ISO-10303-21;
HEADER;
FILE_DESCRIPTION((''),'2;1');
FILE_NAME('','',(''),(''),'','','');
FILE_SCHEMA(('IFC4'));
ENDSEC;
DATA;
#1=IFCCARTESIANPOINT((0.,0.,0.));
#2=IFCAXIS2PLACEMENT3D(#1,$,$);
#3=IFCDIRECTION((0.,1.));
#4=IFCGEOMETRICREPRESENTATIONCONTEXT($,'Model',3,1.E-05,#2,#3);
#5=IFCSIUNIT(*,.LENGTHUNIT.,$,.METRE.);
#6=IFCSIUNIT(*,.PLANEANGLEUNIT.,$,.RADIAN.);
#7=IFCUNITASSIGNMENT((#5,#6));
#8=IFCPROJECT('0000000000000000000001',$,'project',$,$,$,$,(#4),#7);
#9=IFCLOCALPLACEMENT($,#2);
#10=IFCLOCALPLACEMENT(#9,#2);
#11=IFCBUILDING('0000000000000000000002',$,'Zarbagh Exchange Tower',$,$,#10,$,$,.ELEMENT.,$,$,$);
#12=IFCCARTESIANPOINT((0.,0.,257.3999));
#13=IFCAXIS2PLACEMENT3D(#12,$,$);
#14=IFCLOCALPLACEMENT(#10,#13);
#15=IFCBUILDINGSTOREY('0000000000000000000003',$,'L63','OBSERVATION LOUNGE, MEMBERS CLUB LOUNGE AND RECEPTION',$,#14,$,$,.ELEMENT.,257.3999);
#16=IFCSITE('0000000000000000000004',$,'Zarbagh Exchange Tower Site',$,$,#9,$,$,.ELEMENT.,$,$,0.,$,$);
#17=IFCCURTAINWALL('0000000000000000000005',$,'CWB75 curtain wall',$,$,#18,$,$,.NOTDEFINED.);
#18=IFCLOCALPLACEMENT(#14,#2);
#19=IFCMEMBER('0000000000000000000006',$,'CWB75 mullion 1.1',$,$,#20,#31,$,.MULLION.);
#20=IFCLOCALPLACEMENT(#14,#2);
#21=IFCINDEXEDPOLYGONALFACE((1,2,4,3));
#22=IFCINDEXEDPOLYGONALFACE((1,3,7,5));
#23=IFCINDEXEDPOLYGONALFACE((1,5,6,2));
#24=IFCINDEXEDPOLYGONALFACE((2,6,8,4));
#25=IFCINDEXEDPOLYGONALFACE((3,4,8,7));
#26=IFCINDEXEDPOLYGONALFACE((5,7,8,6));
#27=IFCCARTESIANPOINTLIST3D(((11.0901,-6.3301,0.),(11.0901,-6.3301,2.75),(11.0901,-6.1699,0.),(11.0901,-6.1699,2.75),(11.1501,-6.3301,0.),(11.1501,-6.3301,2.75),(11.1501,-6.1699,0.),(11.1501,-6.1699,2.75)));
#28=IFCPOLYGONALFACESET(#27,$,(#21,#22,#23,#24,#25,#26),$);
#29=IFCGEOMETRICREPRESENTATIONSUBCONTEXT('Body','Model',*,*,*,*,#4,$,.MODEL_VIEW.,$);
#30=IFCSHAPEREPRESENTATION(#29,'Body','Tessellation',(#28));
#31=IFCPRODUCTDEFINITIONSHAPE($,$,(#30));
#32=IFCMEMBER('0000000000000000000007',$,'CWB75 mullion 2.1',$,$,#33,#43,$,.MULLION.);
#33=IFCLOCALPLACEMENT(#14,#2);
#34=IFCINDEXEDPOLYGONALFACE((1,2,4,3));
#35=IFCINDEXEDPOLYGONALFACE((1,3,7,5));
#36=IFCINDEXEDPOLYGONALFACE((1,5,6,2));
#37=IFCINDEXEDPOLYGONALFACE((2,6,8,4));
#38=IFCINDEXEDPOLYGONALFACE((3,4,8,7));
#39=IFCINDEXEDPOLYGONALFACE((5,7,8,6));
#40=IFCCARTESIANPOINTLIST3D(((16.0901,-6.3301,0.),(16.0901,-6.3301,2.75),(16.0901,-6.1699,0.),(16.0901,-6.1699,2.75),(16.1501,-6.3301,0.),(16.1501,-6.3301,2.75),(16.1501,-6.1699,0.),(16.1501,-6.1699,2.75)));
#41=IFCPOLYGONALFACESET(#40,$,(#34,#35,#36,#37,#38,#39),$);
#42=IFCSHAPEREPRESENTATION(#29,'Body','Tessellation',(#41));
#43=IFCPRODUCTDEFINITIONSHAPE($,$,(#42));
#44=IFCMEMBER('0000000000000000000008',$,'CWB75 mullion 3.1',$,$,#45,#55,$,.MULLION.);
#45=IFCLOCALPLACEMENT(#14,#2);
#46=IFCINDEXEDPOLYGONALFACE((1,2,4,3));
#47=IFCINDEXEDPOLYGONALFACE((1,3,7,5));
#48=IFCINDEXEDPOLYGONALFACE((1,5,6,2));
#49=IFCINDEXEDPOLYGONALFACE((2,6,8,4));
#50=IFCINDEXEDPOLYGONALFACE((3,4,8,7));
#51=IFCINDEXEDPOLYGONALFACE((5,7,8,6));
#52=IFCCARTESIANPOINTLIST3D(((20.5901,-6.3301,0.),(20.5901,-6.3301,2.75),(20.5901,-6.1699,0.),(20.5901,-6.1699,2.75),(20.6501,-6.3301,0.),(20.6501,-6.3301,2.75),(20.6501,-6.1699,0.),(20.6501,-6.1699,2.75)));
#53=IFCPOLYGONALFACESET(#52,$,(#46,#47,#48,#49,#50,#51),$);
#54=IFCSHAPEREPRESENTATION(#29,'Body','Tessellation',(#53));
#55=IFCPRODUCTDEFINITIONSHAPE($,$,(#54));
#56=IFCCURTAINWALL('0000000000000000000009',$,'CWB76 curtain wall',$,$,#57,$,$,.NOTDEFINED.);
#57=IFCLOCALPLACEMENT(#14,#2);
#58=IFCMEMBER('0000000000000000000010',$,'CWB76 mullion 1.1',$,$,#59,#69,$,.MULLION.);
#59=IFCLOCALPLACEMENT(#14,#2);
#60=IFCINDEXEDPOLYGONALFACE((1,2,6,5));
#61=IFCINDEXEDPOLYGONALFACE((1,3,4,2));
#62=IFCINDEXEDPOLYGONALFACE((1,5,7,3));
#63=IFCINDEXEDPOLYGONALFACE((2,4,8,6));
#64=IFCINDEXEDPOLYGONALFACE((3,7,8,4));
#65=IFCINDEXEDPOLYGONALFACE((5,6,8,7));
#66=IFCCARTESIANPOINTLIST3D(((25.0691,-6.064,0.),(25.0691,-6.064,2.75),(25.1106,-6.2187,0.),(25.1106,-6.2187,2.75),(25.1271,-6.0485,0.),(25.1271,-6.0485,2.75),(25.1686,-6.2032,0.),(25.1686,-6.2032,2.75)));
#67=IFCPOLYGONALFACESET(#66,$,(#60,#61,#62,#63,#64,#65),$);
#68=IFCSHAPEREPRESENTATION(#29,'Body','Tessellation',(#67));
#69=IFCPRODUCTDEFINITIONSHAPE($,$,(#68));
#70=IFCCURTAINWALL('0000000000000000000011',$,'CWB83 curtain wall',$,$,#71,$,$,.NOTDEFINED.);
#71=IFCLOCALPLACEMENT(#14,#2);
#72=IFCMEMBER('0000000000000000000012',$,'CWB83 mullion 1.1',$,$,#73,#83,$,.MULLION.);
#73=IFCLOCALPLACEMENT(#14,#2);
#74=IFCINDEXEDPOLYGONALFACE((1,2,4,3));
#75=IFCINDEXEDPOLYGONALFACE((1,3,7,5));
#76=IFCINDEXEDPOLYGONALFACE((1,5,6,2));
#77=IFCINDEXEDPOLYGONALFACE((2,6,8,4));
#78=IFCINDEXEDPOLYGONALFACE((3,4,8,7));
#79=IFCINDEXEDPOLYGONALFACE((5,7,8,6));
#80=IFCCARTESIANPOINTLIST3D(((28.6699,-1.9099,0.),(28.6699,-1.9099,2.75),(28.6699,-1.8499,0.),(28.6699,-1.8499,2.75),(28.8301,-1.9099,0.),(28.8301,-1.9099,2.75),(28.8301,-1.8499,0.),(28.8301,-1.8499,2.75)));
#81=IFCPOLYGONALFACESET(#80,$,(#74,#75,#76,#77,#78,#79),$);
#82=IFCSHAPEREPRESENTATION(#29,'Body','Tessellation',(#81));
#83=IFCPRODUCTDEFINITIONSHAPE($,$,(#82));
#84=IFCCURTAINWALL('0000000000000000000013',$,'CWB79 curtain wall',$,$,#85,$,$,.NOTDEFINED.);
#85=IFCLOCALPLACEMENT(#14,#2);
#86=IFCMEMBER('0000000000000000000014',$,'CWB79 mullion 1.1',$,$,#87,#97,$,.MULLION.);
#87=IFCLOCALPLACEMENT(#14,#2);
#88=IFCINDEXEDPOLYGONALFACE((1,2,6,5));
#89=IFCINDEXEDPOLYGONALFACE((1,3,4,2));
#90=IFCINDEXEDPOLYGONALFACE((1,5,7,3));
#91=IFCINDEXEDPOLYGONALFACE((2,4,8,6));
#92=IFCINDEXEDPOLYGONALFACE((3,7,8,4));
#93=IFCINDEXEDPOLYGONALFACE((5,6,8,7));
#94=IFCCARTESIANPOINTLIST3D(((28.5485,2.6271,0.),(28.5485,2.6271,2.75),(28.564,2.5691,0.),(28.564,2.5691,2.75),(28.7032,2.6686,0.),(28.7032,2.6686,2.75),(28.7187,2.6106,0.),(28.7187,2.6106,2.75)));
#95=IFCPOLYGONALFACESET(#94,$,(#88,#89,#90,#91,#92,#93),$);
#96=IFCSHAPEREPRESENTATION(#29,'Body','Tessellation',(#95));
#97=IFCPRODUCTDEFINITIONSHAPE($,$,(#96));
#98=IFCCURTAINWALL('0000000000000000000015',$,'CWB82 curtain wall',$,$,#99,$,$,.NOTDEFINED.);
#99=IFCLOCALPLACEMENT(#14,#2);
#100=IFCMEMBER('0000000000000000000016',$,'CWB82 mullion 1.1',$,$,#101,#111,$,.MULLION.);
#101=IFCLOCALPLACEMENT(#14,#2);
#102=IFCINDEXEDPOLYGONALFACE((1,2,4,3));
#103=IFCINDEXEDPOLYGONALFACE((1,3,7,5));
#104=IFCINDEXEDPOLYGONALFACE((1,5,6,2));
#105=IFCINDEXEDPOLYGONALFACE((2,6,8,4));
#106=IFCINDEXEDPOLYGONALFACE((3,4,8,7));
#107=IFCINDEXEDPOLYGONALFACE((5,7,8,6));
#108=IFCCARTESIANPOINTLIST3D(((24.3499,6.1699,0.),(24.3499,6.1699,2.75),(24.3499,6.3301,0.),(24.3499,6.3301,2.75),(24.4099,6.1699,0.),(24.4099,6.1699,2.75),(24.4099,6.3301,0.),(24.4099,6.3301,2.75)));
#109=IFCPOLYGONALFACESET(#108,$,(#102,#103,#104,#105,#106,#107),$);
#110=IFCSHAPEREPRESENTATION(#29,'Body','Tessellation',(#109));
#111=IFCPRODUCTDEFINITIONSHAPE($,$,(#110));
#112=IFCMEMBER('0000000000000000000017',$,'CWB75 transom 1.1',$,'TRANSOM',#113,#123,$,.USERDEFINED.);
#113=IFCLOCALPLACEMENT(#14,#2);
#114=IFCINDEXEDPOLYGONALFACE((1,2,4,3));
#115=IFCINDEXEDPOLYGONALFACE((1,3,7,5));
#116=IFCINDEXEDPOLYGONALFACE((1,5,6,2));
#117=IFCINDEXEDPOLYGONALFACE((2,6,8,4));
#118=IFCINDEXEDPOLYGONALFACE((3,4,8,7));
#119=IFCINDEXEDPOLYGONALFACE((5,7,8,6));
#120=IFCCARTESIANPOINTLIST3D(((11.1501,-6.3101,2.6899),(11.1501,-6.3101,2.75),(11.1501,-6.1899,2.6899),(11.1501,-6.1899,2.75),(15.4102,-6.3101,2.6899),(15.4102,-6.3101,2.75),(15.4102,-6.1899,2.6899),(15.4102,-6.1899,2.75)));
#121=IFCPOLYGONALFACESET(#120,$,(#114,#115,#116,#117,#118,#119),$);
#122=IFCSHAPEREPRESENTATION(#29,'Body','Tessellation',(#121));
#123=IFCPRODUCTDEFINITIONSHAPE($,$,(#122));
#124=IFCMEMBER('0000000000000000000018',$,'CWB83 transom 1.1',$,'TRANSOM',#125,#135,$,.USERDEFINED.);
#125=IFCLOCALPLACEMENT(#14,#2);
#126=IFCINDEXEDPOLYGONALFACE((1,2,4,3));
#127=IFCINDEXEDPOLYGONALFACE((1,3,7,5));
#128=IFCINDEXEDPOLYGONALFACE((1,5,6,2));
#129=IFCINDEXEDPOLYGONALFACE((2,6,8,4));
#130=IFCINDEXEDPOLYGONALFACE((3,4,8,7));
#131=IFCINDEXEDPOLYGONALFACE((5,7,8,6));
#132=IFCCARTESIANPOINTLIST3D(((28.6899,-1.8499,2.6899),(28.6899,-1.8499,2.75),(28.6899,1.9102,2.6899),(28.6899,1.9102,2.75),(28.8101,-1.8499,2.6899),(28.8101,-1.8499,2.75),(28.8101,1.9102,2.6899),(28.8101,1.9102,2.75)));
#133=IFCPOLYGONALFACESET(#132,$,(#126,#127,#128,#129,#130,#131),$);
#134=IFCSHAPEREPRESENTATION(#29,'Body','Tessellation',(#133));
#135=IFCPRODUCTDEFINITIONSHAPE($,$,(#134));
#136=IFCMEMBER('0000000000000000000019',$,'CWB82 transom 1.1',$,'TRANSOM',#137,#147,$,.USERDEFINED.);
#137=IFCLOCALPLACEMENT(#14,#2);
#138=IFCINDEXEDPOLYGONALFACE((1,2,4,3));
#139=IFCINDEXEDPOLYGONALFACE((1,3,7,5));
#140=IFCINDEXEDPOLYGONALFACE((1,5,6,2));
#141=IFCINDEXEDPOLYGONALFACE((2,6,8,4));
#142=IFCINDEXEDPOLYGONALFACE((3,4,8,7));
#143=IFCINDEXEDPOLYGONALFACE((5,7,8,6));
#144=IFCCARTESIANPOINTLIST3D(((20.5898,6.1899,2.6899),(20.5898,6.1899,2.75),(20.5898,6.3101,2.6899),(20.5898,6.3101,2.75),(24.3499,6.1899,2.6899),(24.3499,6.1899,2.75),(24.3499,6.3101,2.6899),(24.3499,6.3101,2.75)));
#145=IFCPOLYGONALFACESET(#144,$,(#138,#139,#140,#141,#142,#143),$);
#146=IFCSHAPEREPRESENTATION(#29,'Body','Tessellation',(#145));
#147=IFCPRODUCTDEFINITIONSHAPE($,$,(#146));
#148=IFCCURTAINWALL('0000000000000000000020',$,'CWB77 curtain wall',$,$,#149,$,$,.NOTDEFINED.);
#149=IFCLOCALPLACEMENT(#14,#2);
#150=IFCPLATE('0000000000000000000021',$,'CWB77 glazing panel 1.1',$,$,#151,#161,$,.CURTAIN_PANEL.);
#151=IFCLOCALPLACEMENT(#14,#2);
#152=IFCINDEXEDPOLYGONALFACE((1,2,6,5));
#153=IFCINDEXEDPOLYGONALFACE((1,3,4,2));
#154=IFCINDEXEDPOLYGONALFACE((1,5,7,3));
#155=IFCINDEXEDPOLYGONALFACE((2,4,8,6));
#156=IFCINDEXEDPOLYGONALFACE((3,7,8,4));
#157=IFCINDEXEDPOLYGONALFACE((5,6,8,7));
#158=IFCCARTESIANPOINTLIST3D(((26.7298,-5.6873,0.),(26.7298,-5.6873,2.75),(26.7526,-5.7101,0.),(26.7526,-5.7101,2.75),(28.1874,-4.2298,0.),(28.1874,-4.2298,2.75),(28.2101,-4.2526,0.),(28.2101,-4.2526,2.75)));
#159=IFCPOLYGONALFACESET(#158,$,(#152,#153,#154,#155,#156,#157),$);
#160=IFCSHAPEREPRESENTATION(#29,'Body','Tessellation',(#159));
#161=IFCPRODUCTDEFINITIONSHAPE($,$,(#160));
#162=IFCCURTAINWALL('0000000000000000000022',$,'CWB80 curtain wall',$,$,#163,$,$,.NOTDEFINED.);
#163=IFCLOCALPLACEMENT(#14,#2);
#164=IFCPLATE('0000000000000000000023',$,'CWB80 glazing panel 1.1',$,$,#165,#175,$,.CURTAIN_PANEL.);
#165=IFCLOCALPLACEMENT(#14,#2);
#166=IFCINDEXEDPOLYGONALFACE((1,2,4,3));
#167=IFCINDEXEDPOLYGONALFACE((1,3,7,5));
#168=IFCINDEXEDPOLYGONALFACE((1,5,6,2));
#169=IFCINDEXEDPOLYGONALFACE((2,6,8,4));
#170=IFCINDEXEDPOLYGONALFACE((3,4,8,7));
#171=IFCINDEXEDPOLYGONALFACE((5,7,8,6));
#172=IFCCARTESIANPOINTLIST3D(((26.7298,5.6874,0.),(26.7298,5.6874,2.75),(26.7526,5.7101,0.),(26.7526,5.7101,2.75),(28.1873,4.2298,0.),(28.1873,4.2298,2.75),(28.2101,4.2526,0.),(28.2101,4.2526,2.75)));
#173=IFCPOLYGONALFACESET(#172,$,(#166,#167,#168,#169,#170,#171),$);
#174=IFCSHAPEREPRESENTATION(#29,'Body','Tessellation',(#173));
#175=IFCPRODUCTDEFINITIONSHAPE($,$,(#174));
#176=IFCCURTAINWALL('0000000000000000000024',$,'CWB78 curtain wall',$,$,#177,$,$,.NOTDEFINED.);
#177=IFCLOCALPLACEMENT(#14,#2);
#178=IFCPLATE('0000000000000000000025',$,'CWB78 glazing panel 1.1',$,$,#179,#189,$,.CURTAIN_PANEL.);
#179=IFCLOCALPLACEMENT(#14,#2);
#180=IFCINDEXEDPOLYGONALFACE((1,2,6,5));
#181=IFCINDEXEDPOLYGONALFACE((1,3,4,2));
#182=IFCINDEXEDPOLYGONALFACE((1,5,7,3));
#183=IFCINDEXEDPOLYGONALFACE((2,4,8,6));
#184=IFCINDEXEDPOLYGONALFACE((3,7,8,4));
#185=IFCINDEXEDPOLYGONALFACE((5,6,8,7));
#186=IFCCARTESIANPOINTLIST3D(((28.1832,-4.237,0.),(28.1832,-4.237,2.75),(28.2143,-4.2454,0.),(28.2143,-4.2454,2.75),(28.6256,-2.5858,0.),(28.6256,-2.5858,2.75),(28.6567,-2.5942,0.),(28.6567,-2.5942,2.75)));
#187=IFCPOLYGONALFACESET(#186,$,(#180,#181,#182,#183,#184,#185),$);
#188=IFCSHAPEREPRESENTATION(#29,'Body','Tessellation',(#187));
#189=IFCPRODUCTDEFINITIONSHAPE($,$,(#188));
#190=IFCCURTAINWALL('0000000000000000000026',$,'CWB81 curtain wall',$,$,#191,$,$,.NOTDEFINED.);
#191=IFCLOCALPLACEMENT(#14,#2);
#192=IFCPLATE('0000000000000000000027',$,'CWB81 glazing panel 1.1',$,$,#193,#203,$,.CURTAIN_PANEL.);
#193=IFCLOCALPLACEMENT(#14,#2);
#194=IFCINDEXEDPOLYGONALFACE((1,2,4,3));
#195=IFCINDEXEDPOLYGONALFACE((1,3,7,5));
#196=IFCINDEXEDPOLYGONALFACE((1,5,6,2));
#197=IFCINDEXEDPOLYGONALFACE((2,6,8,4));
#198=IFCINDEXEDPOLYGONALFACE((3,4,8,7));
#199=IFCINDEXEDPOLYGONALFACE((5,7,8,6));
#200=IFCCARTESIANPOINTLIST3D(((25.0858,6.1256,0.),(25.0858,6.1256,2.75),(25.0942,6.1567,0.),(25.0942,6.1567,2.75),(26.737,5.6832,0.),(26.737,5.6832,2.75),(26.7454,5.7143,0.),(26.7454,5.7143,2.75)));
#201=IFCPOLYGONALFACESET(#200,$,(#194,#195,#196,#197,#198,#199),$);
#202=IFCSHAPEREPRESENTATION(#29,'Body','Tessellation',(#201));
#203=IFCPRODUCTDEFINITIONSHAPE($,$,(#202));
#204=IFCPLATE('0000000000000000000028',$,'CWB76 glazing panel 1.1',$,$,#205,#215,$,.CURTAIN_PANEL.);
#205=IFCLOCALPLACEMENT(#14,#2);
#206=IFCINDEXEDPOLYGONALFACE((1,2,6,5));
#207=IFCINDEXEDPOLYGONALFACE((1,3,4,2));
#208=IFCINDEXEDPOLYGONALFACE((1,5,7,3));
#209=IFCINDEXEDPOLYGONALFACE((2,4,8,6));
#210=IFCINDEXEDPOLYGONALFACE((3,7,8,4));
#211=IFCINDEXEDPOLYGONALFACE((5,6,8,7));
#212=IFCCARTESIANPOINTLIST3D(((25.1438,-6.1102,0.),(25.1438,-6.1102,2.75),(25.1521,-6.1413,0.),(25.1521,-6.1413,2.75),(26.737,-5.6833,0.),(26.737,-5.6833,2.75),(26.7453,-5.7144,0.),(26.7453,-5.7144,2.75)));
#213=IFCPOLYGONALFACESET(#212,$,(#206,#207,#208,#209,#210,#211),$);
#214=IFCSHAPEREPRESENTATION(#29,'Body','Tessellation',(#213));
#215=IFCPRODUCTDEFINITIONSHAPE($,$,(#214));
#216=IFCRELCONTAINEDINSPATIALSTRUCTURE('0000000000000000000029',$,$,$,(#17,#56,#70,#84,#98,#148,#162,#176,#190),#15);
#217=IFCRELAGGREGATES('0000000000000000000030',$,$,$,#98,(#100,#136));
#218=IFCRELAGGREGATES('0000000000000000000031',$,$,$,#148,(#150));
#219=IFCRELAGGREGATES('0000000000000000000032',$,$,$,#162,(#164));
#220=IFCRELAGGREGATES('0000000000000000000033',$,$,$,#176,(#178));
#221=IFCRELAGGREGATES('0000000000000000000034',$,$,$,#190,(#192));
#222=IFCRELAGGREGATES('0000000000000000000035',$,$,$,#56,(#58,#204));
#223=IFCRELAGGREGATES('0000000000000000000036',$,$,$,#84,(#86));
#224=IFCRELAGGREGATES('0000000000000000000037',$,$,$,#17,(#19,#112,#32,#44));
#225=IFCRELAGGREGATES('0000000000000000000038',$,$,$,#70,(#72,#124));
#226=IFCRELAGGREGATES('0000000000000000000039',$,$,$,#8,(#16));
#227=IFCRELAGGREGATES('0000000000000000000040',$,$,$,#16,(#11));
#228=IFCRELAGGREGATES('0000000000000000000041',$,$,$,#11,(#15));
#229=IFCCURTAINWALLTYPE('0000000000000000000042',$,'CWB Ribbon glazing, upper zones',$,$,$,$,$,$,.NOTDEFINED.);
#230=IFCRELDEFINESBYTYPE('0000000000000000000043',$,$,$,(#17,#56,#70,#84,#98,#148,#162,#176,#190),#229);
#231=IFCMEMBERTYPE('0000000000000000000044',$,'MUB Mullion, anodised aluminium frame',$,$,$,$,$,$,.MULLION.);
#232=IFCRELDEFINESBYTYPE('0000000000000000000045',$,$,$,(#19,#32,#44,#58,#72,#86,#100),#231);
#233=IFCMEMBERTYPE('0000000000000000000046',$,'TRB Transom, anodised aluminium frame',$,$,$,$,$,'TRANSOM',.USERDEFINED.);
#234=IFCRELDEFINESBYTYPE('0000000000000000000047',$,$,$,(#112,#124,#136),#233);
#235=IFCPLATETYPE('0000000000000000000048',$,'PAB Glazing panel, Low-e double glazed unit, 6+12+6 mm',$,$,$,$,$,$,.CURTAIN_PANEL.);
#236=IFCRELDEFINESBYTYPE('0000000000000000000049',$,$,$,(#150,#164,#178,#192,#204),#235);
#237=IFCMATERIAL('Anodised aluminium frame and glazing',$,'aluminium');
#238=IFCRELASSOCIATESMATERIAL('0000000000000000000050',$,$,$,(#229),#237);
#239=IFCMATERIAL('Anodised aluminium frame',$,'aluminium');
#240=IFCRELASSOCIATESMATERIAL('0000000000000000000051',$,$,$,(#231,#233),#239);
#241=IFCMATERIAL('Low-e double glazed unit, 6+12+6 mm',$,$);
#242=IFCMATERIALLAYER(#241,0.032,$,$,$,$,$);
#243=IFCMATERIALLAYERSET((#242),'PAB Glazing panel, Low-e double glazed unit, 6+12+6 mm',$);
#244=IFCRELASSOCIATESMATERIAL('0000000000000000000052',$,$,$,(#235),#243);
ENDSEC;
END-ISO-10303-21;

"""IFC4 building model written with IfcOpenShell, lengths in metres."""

from ifc_helpers import new_model, si_unit, direction, frame, origin, place, context, subcontext, project, spatial, polyline, outline, extrude, source, transform, mapped, material, layer, layer_set, type_object, element, aggregate, save


model = new_model("IFC4")

# Units and contexts
model_context = context("Model", 3, precision=1e-05, world=origin(), true_north=direction((0.0, 1.0)))
body_context = subcontext(model_context, "Body", "Model", "MODEL_VIEW")
ifc_project = project(units=[si_unit("LENGTHUNIT", "METRE"), si_unit("PLANEANGLEUNIT", "RADIAN")], contexts=[model_context])

# Site, building, storey
site_placement = place(None, origin())
site = spatial("IfcSite", under=ifc_project, at=site_placement, Name="Zarbagh Exchange Tower Site", CompositionType="ELEMENT", RefElevation=0.0)
building_placement = place(site_placement, origin())
building = spatial("IfcBuilding", under=site, at=building_placement, Name="Zarbagh Exchange Tower", CompositionType="ELEMENT")
storey_placement = place(building_placement, frame((0.0, 0.0, 257.3999)))
storey = spatial("IfcBuildingStorey", under=building, at=storey_placement, Name="L63", Description="OBSERVATION LOUNGE, MEMBERS CLUB LOUNGE AND RECEPTION", CompositionType="ELEMENT", Elevation=257.3999)

# Curtain wall, members
ifc_material_1 = material(Name="Anodised aluminium frame and glazing", Category="aluminium")
curtain_wall_type = type_object("IfcCurtainWallType", Name="CWB Ribbon glazing, upper zones", PredefinedType="NOTDEFINED", material=ifc_material_1)
curtain_wall_1_placement = place(storey_placement, origin())
curtain_wall_1 = element("IfcCurtainWall", 1, at=curtain_wall_1_placement, inside=storey, type_object=curtain_wall_type, Name="CWB75 curtain wall", PredefinedType="NOTDEFINED")
ifc_material_2 = material(Name="Anodised aluminium frame", Category="aluminium")
member_type_1 = type_object("IfcMemberType", Name="MUB Mullion, anodised aluminium frame", PredefinedType="MULLION", material=ifc_material_2)
shared_shape_1 = source(origin(), body_context, "Body", "SweptSolid", [
    extrude(outline(polyline([(0.0, -0.0801), (0.0601, -0.0801), (0.0601, 0.0801), (0.0, 0.0801), (0.0, -0.0801)])), origin(), (0.0, 0.0, 1.0), 2.75),
])
placement = place(storey_placement, origin())
member_1 = element("IfcMember", 2, at=placement, type_object=member_type_1, Name="CWB75 mullion 1.1", PredefinedType="MULLION", context=body_context, shape_type="MappedRepresentation", body=[
    mapped(shared_shape_1, transform((11.0901, -6.25, 0.0), x_axis=(1.0, 0.0, 0.0), y_axis=(0.0, 1.0, 0.0), z_axis=(0.0, 0.0, 1.0))),
])
member_2 = element("IfcMember", 3, at=placement, type_object=member_type_1, Name="CWB75 mullion 2.1", PredefinedType="MULLION", context=body_context, shape_type="MappedRepresentation", body=[
    mapped(shared_shape_1, transform((16.0901, -6.25, 0.0), x_axis=(1.0, 0.0, 0.0), y_axis=(0.0, 1.0, 0.0), z_axis=(0.0, 0.0, 1.0))),
])
member_3 = element("IfcMember", 4, at=placement, type_object=member_type_1, Name="CWB75 mullion 3.1", PredefinedType="MULLION", context=body_context, shape_type="MappedRepresentation", body=[
    mapped(shared_shape_1, transform((20.5901, -6.25, 0.0), x_axis=(1.0, 0.0, 0.0), y_axis=(0.0, 1.0, 0.0), z_axis=(0.0, 0.0, 1.0))),
])

# Curtain walls, members
curtain_wall_2_placement = place(storey_placement, origin())
curtain_wall_2 = element("IfcCurtainWall", 5, at=curtain_wall_2_placement, inside=storey, type_object=curtain_wall_type, Name="CWB76 curtain wall", PredefinedType="NOTDEFINED")
member_4 = element("IfcMember", 6, at=placement, type_object=member_type_1, Name="CWB76 mullion 1.1", PredefinedType="MULLION", context=body_context, shape_type="MappedRepresentation", body=[
    mapped(shared_shape_1, transform((25.0898, -6.1414, 0.0), x_axis=(0.965924, 0.258825, 0.0), y_axis=(-0.258825, 0.965924, 0.0), z_axis=(0.0, 0.0, 1.0))),
])
curtain_wall_3_placement = place(storey_placement, origin())
curtain_wall_3 = element("IfcCurtainWall", 7, at=curtain_wall_3_placement, inside=storey, type_object=curtain_wall_type, Name="CWB83 curtain wall", PredefinedType="NOTDEFINED")
member_5 = element("IfcMember", 8, at=placement, type_object=member_type_1, Name="CWB83 mullion 1.1", PredefinedType="MULLION", context=body_context, shape_type="MappedRepresentation", body=[
    mapped(shared_shape_1, transform((28.75, -1.9099, 0.0), x_axis=(0.0, 1.0, 0.0), y_axis=(-1.0, 0.0, 0.0), z_axis=(0.0, 0.0, 1.0))),
])
curtain_wall_4_placement = place(storey_placement, origin())
curtain_wall_4 = element("IfcCurtainWall", 9, at=curtain_wall_4_placement, inside=storey, type_object=curtain_wall_type, Name="CWB79 curtain wall", PredefinedType="NOTDEFINED")
member_6 = element("IfcMember", 10, at=placement, type_object=member_type_1, Name="CWB79 mullion 1.1", PredefinedType="MULLION", context=body_context, shape_type="MappedRepresentation", body=[
    mapped(shared_shape_1, transform((28.6414, 2.5898, 0.0), x_axis=(-0.258825, 0.965924, 0.0), y_axis=(-0.965924, -0.258825, 0.0), z_axis=(0.0, 0.0, 1.0))),
])
curtain_wall_5_placement = place(storey_placement, origin())
curtain_wall_5 = element("IfcCurtainWall", 11, at=curtain_wall_5_placement, inside=storey, type_object=curtain_wall_type, Name="CWB82 curtain wall", PredefinedType="NOTDEFINED")
member_7 = element("IfcMember", 12, at=placement, type_object=member_type_1, Name="CWB82 mullion 1.1", PredefinedType="MULLION", context=body_context, shape_type="MappedRepresentation", body=[
    mapped(shared_shape_1, transform((24.4099, 6.25, 0.0), x_axis=(-1.0, 0.0, 0.0), y_axis=(0.0, -1.0, 0.0), z_axis=(0.0, 0.0, 1.0))),
])

# Members
member_type_2 = type_object("IfcMemberType", Name="TRB Transom, anodised aluminium frame", ElementType="TRANSOM", PredefinedType="USERDEFINED", material=ifc_material_2)
shared_shape_2 = source(origin(), body_context, "Body", "SweptSolid", [
    extrude(outline(polyline([(-0.0601, -0.0601), (0.0, -0.0601), (0.0, 0.0601), (-0.0601, 0.0601), (-0.0601, -0.0601)])), origin(), (0.0, 0.0, 1.0), 4.26),
])
member_8 = element("IfcMember", 13, at=placement, type_object=member_type_2, Name="CWB75 transom 1.1", ObjectType="TRANSOM", PredefinedType="USERDEFINED", context=body_context, shape_type="MappedRepresentation", body=[
    mapped(shared_shape_2, transform((11.1501, -6.25, 2.75), x_axis=(0.0, 0.0, 1.0), y_axis=(0.0, -1.0, 0.0), z_axis=(1.0, 0.0, 0.0))),
])
shared_shape_3 = source(origin(), body_context, "Body", "SweptSolid", [
    extrude(outline(polyline([(-0.0601, -0.0601), (0.0, -0.0601), (0.0, 0.0601), (-0.0601, 0.0601), (-0.0601, -0.0601)])), origin(), (0.0, 0.0, 1.0), 3.76),
])
member_9 = element("IfcMember", 14, at=placement, type_object=member_type_2, Name="CWB83 transom 1.1", ObjectType="TRANSOM", PredefinedType="USERDEFINED", context=body_context, shape_type="MappedRepresentation", body=[
    mapped(shared_shape_3, transform((28.75, -1.8499, 2.75), x_axis=(0.0, 0.0, 1.0), y_axis=(1.0, 0.0, 0.0), z_axis=(0.0, 1.0, 0.0))),
])
member_10 = element("IfcMember", 15, at=placement, type_object=member_type_2, Name="CWB82 transom 1.1", ObjectType="TRANSOM", PredefinedType="USERDEFINED", context=body_context, shape_type="MappedRepresentation", body=[
    mapped(shared_shape_3, transform((24.3499, 6.25, 2.75), x_axis=(0.0, 0.0, 1.0), y_axis=(0.0, 1.0, 0.0), z_axis=(-1.0, 0.0, 0.0))),
])
aggregate(curtain_wall_5, [member_7, member_10])

# Curtain walls, plates
curtain_wall_6_placement = place(storey_placement, origin())
curtain_wall_6 = element("IfcCurtainWall", 16, at=curtain_wall_6_placement, inside=storey, type_object=curtain_wall_type, Name="CWB77 curtain wall", PredefinedType="NOTDEFINED")
ifc_material_3 = material(Name="Low-e double glazed unit, 6+12+6 mm")
ifc_layer = layer(ifc_material_3, 0.032)
ifc_layer_set = layer_set([ifc_layer], Name="PAB Glazing panel, Low-e double glazed unit, 6+12+6 mm")
plate_type = type_object("IfcPlateType", Name="PAB Glazing panel, Low-e double glazed unit, 6+12+6 mm", PredefinedType="CURTAIN_PANEL", material=ifc_layer_set)
shared_shape_4 = source(origin(), body_context, "Body", "SweptSolid", [
    extrude(outline(polyline([(0.0, -0.0161), (2.0613, -0.0161), (2.0613, 0.0161), (0.0, 0.0161), (0.0, -0.0161)])), origin(), (0.0, 0.0, 1.0), 2.75),
])
plate_1 = element("IfcPlate", 17, at=placement, type_object=plate_type, Name="CWB77 glazing panel 1.1", PredefinedType="CURTAIN_PANEL", context=body_context, shape_type="MappedRepresentation", body=[
    mapped(shared_shape_4, transform((26.7412, -5.6987, 0.0), x_axis=(0.707107, 0.707107, 0.0), y_axis=(-0.707107, 0.707107, 0.0), z_axis=(0.0, 0.0, 1.0))),
])
aggregate(curtain_wall_6, [plate_1])
curtain_wall_7_placement = place(storey_placement, origin())
curtain_wall_7 = element("IfcCurtainWall", 18, at=curtain_wall_7_placement, inside=storey, type_object=curtain_wall_type, Name="CWB80 curtain wall", PredefinedType="NOTDEFINED")
plate_2 = element("IfcPlate", 19, at=placement, type_object=plate_type, Name="CWB80 glazing panel 1.1", PredefinedType="CURTAIN_PANEL", context=body_context, shape_type="MappedRepresentation", body=[
    mapped(shared_shape_4, transform((28.1987, 4.2412, 0.0), x_axis=(-0.707107, 0.707107, 0.0), y_axis=(-0.707107, -0.707107, 0.0), z_axis=(0.0, 0.0, 1.0))),
])
aggregate(curtain_wall_7, [plate_2])
curtain_wall_8_placement = place(storey_placement, origin())
curtain_wall_8 = element("IfcCurtainWall", 20, at=curtain_wall_8_placement, inside=storey, type_object=curtain_wall_type, Name="CWB78 curtain wall", PredefinedType="NOTDEFINED")
shared_shape_5 = source(origin(), body_context, "Body", "SweptSolid", [
    extrude(outline(polyline([(0.0, -0.0161), (1.7095, -0.0161), (1.7095, 0.0161), (0.0, 0.0161), (0.0, -0.0161)])), origin(), (0.0, 0.0, 1.0), 2.75),
])
plate_3 = element("IfcPlate", 21, at=placement, type_object=plate_type, Name="CWB78 glazing panel 1.1", PredefinedType="CURTAIN_PANEL", context=body_context, shape_type="MappedRepresentation", body=[
    mapped(shared_shape_5, transform((28.1987, -4.2412, 0.0), x_axis=(0.258825, 0.965924, 0.0), y_axis=(-0.965924, 0.258825, 0.0), z_axis=(0.0, 0.0, 1.0))),
])
aggregate(curtain_wall_8, [plate_3])
curtain_wall_9_placement = place(storey_placement, origin())
curtain_wall_9 = element("IfcCurtainWall", 22, at=curtain_wall_9_placement, inside=storey, type_object=curtain_wall_type, Name="CWB81 curtain wall", PredefinedType="NOTDEFINED")
plate_4 = element("IfcPlate", 23, at=placement, type_object=plate_type, Name="CWB81 glazing panel 1.1", PredefinedType="CURTAIN_PANEL", context=body_context, shape_type="MappedRepresentation", body=[
    mapped(shared_shape_5, transform((26.7412, 5.6987, 0.0), x_axis=(-0.965924, 0.258825, 0.0), y_axis=(-0.258825, -0.965924, 0.0), z_axis=(0.0, 0.0, 1.0))),
])
aggregate(curtain_wall_9, [plate_4])

# Plate
shared_shape_6 = source(origin(), body_context, "Body", "SweptSolid", [
    extrude(outline(polyline([(0.0, -0.0161), (1.6494, -0.0161), (1.6494, 0.0161), (0.0, 0.0161), (0.0, -0.0161)])), origin(), (0.0, 0.0, 1.0), 2.75),
])
plate_5 = element("IfcPlate", 24, at=placement, type_object=plate_type, Name="CWB76 glazing panel 1.1", PredefinedType="CURTAIN_PANEL", context=body_context, shape_type="MappedRepresentation", body=[
    mapped(shared_shape_6, transform((25.1479, -6.1257, 0.0), x_axis=(0.965924, 0.258825, 0.0), y_axis=(-0.258825, 0.965924, 0.0), z_axis=(0.0, 0.0, 1.0))),
])
aggregate(curtain_wall_2, [member_4, plate_5])
aggregate(curtain_wall_4, [member_6])

aggregate(curtain_wall_1, [member_1, member_8, member_2, member_3])
aggregate(curtain_wall_3, [member_5, member_9])

save(model, "model.ifc")
